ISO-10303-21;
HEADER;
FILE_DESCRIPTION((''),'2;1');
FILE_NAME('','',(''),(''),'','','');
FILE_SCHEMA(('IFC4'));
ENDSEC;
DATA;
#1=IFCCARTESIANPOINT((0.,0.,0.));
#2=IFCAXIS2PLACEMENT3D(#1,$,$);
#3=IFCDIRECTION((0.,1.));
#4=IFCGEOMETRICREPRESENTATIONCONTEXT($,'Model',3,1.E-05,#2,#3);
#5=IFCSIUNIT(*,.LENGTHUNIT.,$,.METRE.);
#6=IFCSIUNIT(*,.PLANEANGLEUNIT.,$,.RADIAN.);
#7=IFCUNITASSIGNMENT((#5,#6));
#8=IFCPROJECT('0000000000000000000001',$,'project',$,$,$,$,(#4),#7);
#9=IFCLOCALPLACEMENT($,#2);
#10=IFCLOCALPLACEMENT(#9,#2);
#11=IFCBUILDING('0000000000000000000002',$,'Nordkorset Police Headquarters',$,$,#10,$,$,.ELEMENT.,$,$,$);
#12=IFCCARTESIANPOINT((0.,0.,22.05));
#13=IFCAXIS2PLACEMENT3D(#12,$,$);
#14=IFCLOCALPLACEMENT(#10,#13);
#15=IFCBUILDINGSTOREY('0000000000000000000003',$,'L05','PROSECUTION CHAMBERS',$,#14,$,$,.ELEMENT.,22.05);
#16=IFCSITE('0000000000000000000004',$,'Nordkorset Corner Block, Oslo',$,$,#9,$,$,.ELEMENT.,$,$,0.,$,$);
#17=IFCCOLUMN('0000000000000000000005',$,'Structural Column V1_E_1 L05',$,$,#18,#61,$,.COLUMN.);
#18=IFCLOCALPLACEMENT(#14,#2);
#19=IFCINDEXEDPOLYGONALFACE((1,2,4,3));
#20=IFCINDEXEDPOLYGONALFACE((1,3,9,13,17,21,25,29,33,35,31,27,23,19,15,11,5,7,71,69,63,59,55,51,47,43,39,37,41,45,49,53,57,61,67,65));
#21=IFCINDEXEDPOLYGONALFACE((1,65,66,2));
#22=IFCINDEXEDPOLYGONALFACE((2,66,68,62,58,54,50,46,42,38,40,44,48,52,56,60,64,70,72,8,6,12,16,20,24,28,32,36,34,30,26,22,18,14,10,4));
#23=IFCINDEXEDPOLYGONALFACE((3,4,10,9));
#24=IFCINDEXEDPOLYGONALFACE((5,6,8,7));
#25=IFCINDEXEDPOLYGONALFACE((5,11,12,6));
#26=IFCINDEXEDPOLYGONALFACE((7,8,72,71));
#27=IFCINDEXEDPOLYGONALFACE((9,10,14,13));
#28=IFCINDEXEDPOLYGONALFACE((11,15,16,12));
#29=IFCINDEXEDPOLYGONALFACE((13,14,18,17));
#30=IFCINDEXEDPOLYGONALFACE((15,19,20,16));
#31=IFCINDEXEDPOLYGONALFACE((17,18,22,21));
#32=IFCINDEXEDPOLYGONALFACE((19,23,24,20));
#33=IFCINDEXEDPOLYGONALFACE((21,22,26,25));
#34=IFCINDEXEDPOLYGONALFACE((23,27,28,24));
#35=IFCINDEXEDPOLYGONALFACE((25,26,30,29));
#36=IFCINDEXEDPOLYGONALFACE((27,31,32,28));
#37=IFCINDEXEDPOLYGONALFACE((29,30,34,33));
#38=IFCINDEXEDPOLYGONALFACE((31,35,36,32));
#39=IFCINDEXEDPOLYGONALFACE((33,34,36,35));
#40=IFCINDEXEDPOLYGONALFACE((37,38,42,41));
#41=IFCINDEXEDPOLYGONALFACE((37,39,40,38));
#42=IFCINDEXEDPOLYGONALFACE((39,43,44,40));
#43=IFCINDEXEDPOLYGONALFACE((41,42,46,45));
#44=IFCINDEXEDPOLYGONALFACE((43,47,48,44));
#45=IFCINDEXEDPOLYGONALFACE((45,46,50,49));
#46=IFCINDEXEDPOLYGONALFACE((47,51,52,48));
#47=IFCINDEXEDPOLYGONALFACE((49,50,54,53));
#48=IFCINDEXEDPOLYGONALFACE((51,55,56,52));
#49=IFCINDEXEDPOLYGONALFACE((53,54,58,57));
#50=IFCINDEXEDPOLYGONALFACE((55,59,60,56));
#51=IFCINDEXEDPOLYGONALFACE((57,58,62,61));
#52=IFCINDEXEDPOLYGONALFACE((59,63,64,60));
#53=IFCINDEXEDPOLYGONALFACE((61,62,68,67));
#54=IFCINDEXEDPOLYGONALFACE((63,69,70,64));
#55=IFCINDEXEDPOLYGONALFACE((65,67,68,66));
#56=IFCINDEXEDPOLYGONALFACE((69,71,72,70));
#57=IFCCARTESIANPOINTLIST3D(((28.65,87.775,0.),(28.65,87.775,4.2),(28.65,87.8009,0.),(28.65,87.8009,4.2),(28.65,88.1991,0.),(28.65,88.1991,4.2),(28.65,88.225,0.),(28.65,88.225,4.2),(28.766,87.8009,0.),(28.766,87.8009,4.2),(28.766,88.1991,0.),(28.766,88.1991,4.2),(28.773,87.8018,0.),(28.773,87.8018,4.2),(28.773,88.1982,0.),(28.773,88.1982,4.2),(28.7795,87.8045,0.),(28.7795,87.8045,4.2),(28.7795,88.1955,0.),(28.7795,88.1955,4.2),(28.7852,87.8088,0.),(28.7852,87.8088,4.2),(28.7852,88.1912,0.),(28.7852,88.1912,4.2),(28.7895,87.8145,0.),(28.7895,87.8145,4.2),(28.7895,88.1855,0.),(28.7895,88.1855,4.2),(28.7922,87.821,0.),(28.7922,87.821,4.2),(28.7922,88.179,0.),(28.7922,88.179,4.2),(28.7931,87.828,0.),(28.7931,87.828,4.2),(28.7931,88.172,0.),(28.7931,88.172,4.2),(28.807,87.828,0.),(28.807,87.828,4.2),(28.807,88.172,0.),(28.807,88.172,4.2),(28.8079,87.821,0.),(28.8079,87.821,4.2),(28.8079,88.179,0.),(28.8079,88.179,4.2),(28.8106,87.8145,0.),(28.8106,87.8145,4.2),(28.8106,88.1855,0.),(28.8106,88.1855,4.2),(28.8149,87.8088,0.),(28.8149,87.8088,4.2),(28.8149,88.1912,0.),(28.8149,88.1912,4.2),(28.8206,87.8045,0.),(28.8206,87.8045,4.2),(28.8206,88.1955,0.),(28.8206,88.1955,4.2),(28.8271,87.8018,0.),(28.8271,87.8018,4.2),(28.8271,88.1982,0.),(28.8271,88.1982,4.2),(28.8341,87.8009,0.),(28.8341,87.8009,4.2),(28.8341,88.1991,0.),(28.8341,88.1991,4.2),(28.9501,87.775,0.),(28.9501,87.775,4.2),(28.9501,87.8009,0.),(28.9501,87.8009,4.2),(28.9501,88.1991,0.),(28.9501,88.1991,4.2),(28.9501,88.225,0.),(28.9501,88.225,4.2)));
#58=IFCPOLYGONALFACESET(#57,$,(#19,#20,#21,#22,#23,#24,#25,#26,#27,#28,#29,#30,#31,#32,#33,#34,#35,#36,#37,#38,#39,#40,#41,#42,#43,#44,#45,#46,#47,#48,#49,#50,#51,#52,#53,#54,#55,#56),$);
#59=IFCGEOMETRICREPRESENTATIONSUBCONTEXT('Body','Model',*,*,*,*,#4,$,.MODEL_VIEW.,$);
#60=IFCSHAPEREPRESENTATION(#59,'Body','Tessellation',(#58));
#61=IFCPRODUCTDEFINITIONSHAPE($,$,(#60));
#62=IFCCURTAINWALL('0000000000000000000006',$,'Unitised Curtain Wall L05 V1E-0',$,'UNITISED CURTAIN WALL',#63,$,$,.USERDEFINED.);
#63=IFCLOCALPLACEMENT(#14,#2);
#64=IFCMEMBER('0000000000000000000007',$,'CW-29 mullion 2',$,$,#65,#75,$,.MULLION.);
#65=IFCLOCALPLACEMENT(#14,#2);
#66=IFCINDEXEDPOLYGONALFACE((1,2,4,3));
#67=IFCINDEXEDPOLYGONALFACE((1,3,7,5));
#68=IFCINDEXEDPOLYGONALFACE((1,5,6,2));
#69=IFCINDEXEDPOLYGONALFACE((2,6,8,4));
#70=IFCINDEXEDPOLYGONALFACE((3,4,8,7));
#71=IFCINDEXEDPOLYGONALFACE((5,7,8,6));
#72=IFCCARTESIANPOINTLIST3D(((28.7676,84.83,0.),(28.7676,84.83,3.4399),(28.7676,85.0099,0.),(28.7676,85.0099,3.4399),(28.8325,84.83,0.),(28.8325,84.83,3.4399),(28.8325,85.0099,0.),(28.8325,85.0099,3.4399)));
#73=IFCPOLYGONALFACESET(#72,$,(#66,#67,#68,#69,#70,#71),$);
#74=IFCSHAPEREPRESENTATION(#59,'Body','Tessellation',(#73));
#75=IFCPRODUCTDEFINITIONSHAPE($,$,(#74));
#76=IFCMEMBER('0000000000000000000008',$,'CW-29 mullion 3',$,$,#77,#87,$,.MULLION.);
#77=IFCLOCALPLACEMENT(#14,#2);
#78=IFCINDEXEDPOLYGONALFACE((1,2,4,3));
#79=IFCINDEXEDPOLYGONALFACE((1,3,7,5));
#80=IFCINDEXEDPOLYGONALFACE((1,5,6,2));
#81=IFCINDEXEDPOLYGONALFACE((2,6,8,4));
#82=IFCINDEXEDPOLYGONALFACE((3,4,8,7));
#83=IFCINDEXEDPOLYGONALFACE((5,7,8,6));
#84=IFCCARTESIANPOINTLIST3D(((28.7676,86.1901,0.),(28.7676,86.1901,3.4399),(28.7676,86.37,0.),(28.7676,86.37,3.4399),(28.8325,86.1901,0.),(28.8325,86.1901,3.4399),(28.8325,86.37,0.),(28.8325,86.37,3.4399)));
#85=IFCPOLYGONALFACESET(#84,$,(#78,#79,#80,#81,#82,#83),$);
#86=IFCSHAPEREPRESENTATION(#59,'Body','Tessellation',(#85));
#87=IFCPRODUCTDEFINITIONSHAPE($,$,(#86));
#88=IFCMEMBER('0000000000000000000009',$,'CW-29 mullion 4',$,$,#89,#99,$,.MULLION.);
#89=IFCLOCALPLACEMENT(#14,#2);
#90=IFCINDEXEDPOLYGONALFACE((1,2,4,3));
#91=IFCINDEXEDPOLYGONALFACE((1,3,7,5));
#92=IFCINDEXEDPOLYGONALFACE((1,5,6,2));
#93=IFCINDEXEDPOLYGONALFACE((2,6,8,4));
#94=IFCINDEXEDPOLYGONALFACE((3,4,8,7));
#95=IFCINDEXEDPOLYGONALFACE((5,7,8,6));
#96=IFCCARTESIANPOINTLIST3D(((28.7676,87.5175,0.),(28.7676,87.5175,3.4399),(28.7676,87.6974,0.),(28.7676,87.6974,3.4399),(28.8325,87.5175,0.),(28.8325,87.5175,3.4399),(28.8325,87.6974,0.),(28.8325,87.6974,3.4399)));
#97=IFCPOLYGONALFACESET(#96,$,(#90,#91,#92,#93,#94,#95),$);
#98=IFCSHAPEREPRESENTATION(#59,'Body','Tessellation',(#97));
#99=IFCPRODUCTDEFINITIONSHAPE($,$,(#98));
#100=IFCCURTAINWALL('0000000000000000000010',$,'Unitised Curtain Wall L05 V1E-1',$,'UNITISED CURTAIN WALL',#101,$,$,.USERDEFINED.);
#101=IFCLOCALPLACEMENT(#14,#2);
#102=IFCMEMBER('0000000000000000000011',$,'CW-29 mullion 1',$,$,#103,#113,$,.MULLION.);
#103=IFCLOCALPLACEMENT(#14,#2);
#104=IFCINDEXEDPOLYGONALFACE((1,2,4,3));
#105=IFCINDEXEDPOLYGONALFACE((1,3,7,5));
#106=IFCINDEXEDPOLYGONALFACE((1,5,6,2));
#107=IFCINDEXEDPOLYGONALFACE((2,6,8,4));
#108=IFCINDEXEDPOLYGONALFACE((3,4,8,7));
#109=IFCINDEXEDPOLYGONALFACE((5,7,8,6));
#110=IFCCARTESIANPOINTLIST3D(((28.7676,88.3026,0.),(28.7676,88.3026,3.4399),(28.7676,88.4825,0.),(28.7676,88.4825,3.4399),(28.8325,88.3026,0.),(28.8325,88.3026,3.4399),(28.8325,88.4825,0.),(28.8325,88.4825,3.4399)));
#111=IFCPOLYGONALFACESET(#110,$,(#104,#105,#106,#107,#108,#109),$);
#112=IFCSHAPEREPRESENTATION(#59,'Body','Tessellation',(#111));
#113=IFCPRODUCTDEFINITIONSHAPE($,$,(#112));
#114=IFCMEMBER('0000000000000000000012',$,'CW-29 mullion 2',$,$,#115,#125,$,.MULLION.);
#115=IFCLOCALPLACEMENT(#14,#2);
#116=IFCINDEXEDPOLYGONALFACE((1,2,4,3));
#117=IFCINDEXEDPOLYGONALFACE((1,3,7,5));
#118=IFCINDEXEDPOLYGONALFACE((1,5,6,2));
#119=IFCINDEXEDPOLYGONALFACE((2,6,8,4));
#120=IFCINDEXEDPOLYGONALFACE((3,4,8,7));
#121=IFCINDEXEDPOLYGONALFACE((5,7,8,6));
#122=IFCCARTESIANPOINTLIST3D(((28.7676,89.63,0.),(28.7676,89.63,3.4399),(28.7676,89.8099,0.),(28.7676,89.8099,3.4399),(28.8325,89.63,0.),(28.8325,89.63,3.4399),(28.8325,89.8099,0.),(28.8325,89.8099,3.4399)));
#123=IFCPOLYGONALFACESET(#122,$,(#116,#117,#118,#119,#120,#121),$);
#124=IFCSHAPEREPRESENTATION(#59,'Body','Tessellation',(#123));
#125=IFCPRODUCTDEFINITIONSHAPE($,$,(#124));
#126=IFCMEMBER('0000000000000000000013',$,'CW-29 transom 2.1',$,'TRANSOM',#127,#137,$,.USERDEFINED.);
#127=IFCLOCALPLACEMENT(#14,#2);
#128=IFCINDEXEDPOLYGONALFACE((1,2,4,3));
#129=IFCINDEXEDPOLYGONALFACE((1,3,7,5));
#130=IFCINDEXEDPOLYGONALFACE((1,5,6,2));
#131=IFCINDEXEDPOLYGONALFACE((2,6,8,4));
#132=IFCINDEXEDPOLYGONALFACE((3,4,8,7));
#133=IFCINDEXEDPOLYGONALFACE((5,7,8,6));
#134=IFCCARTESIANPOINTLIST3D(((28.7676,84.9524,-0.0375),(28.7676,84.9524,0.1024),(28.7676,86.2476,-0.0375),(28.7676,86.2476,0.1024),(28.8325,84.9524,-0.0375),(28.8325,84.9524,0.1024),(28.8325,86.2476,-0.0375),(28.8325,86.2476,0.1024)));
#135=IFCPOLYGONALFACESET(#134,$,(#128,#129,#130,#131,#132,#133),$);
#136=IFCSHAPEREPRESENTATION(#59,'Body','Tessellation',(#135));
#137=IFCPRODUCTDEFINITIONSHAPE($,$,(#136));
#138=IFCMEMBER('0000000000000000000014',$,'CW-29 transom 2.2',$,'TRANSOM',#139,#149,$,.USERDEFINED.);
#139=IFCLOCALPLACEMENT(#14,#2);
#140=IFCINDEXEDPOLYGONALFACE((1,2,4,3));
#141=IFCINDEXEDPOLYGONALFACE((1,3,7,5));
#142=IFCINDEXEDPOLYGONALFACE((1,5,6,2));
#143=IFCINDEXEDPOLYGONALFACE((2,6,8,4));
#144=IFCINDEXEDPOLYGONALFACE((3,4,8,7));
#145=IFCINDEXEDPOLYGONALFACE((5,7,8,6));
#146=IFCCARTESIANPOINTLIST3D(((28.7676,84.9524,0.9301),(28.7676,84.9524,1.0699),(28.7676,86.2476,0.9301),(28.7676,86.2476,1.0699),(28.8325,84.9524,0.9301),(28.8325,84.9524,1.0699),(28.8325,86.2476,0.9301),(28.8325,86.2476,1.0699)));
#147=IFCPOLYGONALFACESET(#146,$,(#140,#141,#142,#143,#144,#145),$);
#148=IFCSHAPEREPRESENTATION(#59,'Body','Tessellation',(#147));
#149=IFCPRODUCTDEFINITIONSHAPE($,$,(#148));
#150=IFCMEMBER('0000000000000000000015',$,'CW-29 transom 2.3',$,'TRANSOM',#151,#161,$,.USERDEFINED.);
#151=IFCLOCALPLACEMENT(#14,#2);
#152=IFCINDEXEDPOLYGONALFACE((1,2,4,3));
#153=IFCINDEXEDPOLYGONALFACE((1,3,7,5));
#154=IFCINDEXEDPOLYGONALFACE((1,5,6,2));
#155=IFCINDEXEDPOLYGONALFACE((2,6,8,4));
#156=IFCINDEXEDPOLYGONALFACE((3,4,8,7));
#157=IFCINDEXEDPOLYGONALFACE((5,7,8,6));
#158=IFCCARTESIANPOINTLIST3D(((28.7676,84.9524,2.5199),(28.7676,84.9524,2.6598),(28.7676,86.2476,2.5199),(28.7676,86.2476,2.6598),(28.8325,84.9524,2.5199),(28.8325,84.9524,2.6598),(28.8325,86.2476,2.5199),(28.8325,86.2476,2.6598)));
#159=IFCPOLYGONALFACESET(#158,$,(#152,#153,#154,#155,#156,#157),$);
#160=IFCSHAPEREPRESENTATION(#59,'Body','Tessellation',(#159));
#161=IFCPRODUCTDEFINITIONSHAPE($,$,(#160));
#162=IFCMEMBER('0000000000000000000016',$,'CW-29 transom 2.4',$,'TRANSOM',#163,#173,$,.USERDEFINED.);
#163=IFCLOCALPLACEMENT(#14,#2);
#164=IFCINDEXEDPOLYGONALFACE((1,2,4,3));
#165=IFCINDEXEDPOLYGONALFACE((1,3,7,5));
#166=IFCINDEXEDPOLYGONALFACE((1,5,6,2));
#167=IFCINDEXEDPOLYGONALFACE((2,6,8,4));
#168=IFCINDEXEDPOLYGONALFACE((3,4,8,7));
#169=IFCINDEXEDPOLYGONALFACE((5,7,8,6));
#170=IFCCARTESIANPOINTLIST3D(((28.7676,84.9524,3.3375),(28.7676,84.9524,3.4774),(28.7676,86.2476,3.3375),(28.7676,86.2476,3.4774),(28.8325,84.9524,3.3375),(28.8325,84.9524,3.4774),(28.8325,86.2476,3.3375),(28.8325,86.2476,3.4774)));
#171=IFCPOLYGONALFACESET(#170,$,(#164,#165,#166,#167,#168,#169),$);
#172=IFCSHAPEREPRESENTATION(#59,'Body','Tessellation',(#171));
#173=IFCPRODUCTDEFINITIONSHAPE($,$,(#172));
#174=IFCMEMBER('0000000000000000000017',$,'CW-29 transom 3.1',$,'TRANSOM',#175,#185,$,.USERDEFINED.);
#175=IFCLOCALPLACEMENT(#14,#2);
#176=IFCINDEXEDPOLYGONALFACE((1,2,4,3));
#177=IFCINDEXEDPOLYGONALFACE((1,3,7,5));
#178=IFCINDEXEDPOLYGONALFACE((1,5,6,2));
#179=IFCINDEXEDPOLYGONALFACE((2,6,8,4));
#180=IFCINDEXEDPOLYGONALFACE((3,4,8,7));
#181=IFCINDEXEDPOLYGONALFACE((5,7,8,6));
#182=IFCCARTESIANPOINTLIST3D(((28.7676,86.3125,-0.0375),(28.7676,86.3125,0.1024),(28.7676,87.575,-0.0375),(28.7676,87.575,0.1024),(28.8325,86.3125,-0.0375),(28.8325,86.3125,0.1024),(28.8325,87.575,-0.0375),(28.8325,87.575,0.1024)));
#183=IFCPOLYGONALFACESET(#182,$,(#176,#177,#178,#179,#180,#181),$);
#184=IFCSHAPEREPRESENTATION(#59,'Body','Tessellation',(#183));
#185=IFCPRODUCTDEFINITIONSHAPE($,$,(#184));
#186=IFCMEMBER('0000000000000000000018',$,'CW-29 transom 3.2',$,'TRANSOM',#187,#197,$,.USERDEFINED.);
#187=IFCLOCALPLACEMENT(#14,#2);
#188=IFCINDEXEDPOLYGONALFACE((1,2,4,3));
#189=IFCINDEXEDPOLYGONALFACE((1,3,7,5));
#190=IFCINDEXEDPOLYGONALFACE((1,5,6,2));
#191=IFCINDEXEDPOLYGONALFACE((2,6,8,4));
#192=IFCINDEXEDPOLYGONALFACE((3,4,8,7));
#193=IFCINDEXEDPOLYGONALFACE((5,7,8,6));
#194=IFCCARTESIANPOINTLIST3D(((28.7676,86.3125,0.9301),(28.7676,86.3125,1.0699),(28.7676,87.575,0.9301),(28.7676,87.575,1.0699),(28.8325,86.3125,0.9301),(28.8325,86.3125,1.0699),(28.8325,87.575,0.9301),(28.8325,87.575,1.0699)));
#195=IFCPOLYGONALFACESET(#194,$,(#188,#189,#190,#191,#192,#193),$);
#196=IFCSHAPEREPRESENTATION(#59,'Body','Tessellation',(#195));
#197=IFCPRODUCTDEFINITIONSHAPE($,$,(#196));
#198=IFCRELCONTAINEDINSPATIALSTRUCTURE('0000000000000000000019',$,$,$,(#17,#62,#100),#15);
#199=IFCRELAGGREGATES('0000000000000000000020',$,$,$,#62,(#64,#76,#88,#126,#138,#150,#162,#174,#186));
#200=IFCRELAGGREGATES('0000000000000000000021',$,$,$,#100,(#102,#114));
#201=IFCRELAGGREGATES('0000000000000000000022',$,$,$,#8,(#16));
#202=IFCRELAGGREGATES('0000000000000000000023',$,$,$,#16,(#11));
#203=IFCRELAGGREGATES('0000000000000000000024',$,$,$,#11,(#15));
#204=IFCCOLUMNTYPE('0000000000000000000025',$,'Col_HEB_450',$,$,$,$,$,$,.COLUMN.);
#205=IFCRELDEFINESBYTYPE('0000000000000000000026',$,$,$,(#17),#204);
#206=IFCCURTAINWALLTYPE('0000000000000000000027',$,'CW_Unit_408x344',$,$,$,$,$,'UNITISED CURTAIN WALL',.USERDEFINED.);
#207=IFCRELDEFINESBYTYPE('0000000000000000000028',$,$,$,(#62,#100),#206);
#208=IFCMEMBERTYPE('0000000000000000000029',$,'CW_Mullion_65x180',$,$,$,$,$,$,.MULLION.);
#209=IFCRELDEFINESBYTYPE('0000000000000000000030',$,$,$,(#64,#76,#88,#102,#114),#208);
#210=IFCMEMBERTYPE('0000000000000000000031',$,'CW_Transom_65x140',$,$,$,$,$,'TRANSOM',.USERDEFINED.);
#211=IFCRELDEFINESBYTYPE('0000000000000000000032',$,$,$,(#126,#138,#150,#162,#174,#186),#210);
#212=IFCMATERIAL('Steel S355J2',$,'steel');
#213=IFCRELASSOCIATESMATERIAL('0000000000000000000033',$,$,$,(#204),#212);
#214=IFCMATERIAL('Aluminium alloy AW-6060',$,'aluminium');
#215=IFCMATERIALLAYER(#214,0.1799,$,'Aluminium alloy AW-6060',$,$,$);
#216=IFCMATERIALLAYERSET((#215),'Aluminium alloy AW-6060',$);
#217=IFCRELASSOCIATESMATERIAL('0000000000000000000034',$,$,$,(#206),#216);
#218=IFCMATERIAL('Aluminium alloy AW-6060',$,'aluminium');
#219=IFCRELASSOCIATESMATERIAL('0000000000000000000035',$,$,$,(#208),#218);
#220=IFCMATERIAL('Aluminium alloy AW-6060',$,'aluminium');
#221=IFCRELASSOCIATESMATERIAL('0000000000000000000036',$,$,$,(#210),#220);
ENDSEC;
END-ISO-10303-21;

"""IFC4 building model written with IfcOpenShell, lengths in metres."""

from ifc_helpers import new_model, si_unit, direction, frame, origin, origin_2d, place, context, subcontext, project, spatial, rectangle, i_section, extrude, material, layer, layer_set, material_profile, profile_set, type_object, element, aggregate, save


model = new_model("IFC4")

# Units and contexts
model_context = context("Model", 3, precision=1e-05, world=origin(), true_north=direction((0.0, 1.0)))
body_context = subcontext(model_context, "Body", "Model", "MODEL_VIEW")
ifc_project = project(units=[si_unit("LENGTHUNIT", "METRE"), si_unit("PLANEANGLEUNIT", "RADIAN")], contexts=[model_context])

# Site, building, storey
site_placement = place(None, origin())
site = spatial("IfcSite", under=ifc_project, at=site_placement, Name="Nordkorset Corner Block, Oslo", CompositionType="ELEMENT", RefElevation=0.0)
building_placement = place(site_placement, origin())
building = spatial("IfcBuilding", under=site, at=building_placement, Name="Nordkorset Police Headquarters", CompositionType="ELEMENT")
storey_placement = place(building_placement, frame((0.0, 0.0, 22.05)))
storey = spatial("IfcBuildingStorey", under=building, at=storey_placement, Name="L05", Description="PROSECUTION CHAMBERS", CompositionType="ELEMENT", Elevation=22.05)

# Column
ifc_material_1 = material(Name="Steel S355J2", Category="steel")
ifc_material_profile_1 = material_profile(ifc_material_1, i_section(OverallWidth=0.3, OverallDepth=0.45, WebThickness=0.0139, FlangeThickness=0.0259, FilletRadius=0.0271, at=origin_2d()), Name="HEB 450")
ifc_profile_set_1 = profile_set([ifc_material_profile_1], Name="Steel S355J2")
column_type = type_object("IfcColumnType", Name="Col_HEB_450", PredefinedType="COLUMN", material=ifc_profile_set_1)
column_placement = place(storey_placement, frame((28.8, 88.0, 0.0), z_axis=(0.0, 0.0, 1.0), x_axis=(1.0, 0.0, 0.0)))
element("IfcColumn", 1, at=column_placement, inside=storey, type_object=column_type, Name="Structural Column V1_E_1 L05", PredefinedType="COLUMN", context=body_context, shape_type="SweptSolid", body=[
    extrude(i_section(OverallWidth=0.3, OverallDepth=0.45, WebThickness=0.0139, FlangeThickness=0.0259, FilletRadius=0.0271, at=origin_2d()), origin(), (0.0, 0.0, 1.0), 4.2),
])

# Curtain walls, members
ifc_material_2 = material(Name="Aluminium alloy AW-6060", Category="aluminium")
ifc_layer_1 = layer(ifc_material_2, 0.1799, Name="Aluminium alloy AW-6060")
ifc_layer_set_1 = layer_set([ifc_layer_1], Name="Aluminium alloy AW-6060")
curtain_wall_type = type_object("IfcCurtainWallType", Name="CW_Unit_408x344", ElementType="UNITISED CURTAIN WALL", PredefinedType="USERDEFINED", material=ifc_layer_set_1)
curtain_wall_1_placement = place(storey_placement, origin())
curtain_wall_1 = element("IfcCurtainWall", 2, at=curtain_wall_1_placement, inside=storey, type_object=curtain_wall_type, Name="Unitised Curtain Wall L05 V1E-0", ObjectType="UNITISED CURTAIN WALL", PredefinedType="USERDEFINED")
ifc_material_3 = material(Name="Aluminium alloy AW-6060", Category="aluminium")
ifc_material_profile_2 = material_profile(ifc_material_3, rectangle(XDim=0.0649, YDim=0.1799, at=origin_2d()), Name="ALU MULL 65x180")
ifc_profile_set_2 = profile_set([ifc_material_profile_2], Name="Aluminium alloy AW-6060")
member_type_1 = type_object("IfcMemberType", Name="CW_Mullion_65x180", PredefinedType="MULLION", material=ifc_profile_set_2)
member_1_placement = place(storey_placement, frame((28.8, 84.9199, 0.0), z_axis=(0.0, 0.0, 1.0), x_axis=(-1.0, 0.0, 0.0)))
member_1 = element("IfcMember", 3, at=member_1_placement, type_object=member_type_1, Name="CW-29 mullion 2", PredefinedType="MULLION", context=body_context, shape_type="SweptSolid", body=[
    extrude(rectangle(XDim=0.0649, YDim=0.1799, at=origin_2d()), origin(), (0.0, 0.0, 1.0), 3.4399),
])
member_2_placement = place(storey_placement, frame((28.8, 86.28, 0.0), z_axis=(0.0, 0.0, 1.0), x_axis=(-1.0, 0.0, 0.0)))
member_2 = element("IfcMember", 4, at=member_2_placement, type_object=member_type_1, Name="CW-29 mullion 3", PredefinedType="MULLION", context=body_context, shape_type="SweptSolid", body=[
    extrude(rectangle(XDim=0.0649, YDim=0.1799, at=origin_2d()), origin(), (0.0, 0.0, 1.0), 3.4399),
])
member_3_placement = place(storey_placement, frame((28.8, 87.6074, 0.0), z_axis=(0.0, 0.0, 1.0), x_axis=(-1.0, 0.0, 0.0)))
member_3 = element("IfcMember", 5, at=member_3_placement, type_object=member_type_1, Name="CW-29 mullion 4", PredefinedType="MULLION", context=body_context, shape_type="SweptSolid", body=[
    extrude(rectangle(XDim=0.0649, YDim=0.1799, at=origin_2d()), origin(), (0.0, 0.0, 1.0), 3.4399),
])
curtain_wall_2_placement = place(storey_placement, origin())
curtain_wall_2 = element("IfcCurtainWall", 6, at=curtain_wall_2_placement, inside=storey, type_object=curtain_wall_type, Name="Unitised Curtain Wall L05 V1E-1", ObjectType="UNITISED CURTAIN WALL", PredefinedType="USERDEFINED")
member_4_placement = place(storey_placement, frame((28.8, 88.3926, 0.0), z_axis=(0.0, 0.0, 1.0), x_axis=(-1.0, 0.0, 0.0)))
member_4 = element("IfcMember", 7, at=member_4_placement, type_object=member_type_1, Name="CW-29 mullion 1", PredefinedType="MULLION", context=body_context, shape_type="SweptSolid", body=[
    extrude(rectangle(XDim=0.0649, YDim=0.1799, at=origin_2d()), origin(), (0.0, 0.0, 1.0), 3.4399),
])
member_5_placement = place(storey_placement, frame((28.8, 89.72, 0.0), z_axis=(0.0, 0.0, 1.0), x_axis=(-1.0, 0.0, 0.0)))
member_5 = element("IfcMember", 8, at=member_5_placement, type_object=member_type_1, Name="CW-29 mullion 2", PredefinedType="MULLION", context=body_context, shape_type="SweptSolid", body=[
    extrude(rectangle(XDim=0.0649, YDim=0.1799, at=origin_2d()), origin(), (0.0, 0.0, 1.0), 3.4399),
])

# Members
ifc_material_4 = material(Name="Aluminium alloy AW-6060", Category="aluminium")
ifc_material_profile_3 = material_profile(ifc_material_4, rectangle(XDim=0.0649, YDim=0.1399, at=origin_2d()), Name="ALU TRAN 65x140")
ifc_profile_set_3 = profile_set([ifc_material_profile_3], Name="Aluminium alloy AW-6060")
member_type_2 = type_object("IfcMemberType", Name="CW_Transom_65x140", ElementType="TRANSOM", PredefinedType="USERDEFINED", material=ifc_profile_set_3)
member_6_placement = place(storey_placement, frame((28.8, 84.9524, 0.0325), z_axis=(0.0, 1.0, 0.0), x_axis=(-1.0, 0.0, 0.0)))
member_6 = element("IfcMember", 9, at=member_6_placement, type_object=member_type_2, Name="CW-29 transom 2.1", ObjectType="TRANSOM", PredefinedType="USERDEFINED", context=body_context, shape_type="SweptSolid", body=[
    extrude(rectangle(XDim=0.0649, YDim=0.1399, at=origin_2d()), origin(), (0.0, 0.0, 1.0), 1.2952),
])
member_7_placement = place(storey_placement, frame((28.8, 84.9524, 1.0), z_axis=(0.0, 1.0, 0.0), x_axis=(-1.0, 0.0, 0.0)))
member_7 = element("IfcMember", 10, at=member_7_placement, type_object=member_type_2, Name="CW-29 transom 2.2", ObjectType="TRANSOM", PredefinedType="USERDEFINED", context=body_context, shape_type="SweptSolid", body=[
    extrude(rectangle(XDim=0.0649, YDim=0.1399, at=origin_2d()), origin(), (0.0, 0.0, 1.0), 1.2952),
])
member_8_placement = place(storey_placement, frame((28.8, 84.9524, 2.5898), z_axis=(0.0, 1.0, 0.0), x_axis=(-1.0, 0.0, 0.0)))
member_8 = element("IfcMember", 11, at=member_8_placement, type_object=member_type_2, Name="CW-29 transom 2.3", ObjectType="TRANSOM", PredefinedType="USERDEFINED", context=body_context, shape_type="SweptSolid", body=[
    extrude(rectangle(XDim=0.0649, YDim=0.1399, at=origin_2d()), origin(), (0.0, 0.0, 1.0), 1.2952),
])
member_9_placement = place(storey_placement, frame((28.8, 84.9524, 3.4075), z_axis=(0.0, 1.0, 0.0), x_axis=(-1.0, 0.0, 0.0)))
member_9 = element("IfcMember", 12, at=member_9_placement, type_object=member_type_2, Name="CW-29 transom 2.4", ObjectType="TRANSOM", PredefinedType="USERDEFINED", context=body_context, shape_type="SweptSolid", body=[
    extrude(rectangle(XDim=0.0649, YDim=0.1399, at=origin_2d()), origin(), (0.0, 0.0, 1.0), 1.2952),
])
member_10_placement = place(storey_placement, frame((28.8, 86.3125, 0.0325), z_axis=(0.0, 1.0, 0.0), x_axis=(-1.0, 0.0, 0.0)))
member_10 = element("IfcMember", 13, at=member_10_placement, type_object=member_type_2, Name="CW-29 transom 3.1", ObjectType="TRANSOM", PredefinedType="USERDEFINED", context=body_context, shape_type="SweptSolid", body=[
    extrude(rectangle(XDim=0.0649, YDim=0.1399, at=origin_2d()), origin(), (0.0, 0.0, 1.0), 1.2625),
])
member_11_placement = place(storey_placement, frame((28.8, 86.3125, 1.0), z_axis=(0.0, 1.0, 0.0), x_axis=(-1.0, 0.0, 0.0)))
member_11 = element("IfcMember", 14, at=member_11_placement, type_object=member_type_2, Name="CW-29 transom 3.2", ObjectType="TRANSOM", PredefinedType="USERDEFINED", context=body_context, shape_type="SweptSolid", body=[
    extrude(rectangle(XDim=0.0649, YDim=0.1399, at=origin_2d()), origin(), (0.0, 0.0, 1.0), 1.2625),
])

aggregate(curtain_wall_1, [member_1, member_2, member_3, member_6, member_7, member_8, member_9, member_10, member_11])
aggregate(curtain_wall_2, [member_4, member_5])

save(model, "model.ifc")
